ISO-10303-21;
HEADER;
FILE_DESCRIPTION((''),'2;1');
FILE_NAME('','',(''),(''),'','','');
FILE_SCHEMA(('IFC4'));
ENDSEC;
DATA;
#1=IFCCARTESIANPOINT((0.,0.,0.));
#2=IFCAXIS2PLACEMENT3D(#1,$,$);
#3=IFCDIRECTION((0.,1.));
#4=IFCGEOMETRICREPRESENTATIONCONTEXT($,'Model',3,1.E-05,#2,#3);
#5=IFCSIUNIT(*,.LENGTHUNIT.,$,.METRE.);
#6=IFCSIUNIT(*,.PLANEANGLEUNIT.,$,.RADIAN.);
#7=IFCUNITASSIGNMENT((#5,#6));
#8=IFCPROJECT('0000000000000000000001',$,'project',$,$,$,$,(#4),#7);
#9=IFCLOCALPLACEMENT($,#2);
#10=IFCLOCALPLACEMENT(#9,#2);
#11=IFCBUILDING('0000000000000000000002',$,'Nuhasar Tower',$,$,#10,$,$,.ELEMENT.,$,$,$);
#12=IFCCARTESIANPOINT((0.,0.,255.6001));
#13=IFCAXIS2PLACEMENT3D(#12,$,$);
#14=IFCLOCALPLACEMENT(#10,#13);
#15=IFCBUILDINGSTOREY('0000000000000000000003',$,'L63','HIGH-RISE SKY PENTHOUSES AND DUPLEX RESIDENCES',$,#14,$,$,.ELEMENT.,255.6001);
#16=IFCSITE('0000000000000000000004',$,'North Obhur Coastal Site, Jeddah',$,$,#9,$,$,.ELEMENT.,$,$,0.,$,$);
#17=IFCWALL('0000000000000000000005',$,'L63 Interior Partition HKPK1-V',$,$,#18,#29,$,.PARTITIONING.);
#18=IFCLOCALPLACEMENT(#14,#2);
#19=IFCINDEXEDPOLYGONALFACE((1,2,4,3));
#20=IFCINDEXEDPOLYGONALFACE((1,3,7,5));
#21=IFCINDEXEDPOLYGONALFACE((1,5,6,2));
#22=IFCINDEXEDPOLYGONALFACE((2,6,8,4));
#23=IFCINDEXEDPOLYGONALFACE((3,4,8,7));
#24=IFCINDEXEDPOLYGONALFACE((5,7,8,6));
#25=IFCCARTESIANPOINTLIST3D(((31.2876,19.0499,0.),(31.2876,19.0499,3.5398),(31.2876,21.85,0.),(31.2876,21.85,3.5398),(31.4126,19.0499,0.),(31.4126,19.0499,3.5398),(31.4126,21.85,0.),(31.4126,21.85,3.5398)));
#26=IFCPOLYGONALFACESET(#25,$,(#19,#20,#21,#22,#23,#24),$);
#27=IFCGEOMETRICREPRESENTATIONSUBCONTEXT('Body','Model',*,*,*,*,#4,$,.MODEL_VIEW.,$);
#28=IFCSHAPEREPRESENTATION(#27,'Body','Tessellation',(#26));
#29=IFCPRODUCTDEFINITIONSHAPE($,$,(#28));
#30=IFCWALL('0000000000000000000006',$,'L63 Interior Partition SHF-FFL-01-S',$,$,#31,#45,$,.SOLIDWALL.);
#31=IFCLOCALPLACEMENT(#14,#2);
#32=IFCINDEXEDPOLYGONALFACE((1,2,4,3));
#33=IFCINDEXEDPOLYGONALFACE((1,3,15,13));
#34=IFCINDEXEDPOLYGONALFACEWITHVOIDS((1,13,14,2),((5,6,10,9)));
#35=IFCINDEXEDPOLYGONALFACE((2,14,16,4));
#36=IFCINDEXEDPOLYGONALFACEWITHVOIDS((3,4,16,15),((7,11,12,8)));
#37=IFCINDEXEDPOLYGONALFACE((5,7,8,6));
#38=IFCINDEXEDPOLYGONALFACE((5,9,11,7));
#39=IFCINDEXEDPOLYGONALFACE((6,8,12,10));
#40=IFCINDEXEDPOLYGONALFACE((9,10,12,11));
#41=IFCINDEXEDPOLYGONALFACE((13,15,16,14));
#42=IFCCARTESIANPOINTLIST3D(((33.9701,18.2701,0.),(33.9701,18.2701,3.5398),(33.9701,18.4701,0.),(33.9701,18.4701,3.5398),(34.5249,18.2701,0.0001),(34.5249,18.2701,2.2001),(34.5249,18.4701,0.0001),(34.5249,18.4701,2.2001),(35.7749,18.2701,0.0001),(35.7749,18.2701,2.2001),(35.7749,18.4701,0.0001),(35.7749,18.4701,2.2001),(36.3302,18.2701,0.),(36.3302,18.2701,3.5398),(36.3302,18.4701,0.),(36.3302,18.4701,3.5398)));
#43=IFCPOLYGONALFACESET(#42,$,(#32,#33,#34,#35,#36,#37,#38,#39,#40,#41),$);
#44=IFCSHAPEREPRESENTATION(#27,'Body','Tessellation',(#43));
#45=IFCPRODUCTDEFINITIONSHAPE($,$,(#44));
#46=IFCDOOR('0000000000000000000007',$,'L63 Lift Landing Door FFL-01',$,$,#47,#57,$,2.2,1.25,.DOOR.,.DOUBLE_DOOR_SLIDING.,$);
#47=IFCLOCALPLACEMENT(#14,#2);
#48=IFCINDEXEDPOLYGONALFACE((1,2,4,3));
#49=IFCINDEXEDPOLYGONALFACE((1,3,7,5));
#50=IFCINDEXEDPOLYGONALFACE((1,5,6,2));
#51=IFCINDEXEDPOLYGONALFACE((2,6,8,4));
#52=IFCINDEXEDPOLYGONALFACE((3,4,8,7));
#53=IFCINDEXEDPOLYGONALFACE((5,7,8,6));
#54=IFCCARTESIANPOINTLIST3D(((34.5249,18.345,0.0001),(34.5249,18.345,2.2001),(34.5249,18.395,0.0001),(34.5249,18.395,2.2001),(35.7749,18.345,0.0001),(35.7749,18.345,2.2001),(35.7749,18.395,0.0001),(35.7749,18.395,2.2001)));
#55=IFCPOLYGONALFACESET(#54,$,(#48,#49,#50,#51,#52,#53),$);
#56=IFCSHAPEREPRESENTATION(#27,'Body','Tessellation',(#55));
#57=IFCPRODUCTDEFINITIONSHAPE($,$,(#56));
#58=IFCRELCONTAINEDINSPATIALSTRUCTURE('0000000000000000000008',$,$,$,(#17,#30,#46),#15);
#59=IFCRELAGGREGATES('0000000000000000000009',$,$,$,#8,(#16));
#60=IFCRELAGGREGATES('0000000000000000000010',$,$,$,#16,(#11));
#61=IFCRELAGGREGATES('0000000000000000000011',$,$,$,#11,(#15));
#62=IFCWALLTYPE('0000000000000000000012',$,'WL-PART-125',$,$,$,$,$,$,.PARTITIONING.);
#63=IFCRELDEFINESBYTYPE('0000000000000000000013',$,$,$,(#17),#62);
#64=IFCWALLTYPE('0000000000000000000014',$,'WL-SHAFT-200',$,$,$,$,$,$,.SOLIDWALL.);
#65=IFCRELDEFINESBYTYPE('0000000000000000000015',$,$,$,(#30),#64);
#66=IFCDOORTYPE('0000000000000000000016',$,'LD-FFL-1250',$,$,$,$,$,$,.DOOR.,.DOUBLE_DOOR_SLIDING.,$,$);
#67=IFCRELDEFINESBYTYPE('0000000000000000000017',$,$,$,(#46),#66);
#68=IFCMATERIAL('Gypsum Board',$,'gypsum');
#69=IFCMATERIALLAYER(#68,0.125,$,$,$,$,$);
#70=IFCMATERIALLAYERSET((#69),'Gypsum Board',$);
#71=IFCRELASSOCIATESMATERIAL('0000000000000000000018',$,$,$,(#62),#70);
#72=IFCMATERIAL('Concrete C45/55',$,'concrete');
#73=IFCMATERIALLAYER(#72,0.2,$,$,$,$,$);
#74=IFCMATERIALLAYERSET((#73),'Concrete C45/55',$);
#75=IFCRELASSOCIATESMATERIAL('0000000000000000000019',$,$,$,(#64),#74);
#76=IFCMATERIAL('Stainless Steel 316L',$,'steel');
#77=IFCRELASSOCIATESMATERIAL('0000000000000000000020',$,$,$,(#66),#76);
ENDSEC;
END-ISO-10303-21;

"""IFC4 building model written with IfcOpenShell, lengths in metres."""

from ifc_helpers import new_model, si_unit, direction, frame, frame_2d, origin, place, context, subcontext, project, spatial, rectangle, extrude, material, layer, layer_set, type_object, element, fill, save


model = new_model("IFC4")

# Units and contexts
model_context = context("Model", 3, precision=1e-05, world=origin(), true_north=direction((0.0, 1.0)))
body_context = subcontext(model_context, "Body", "Model", "MODEL_VIEW")
ifc_project = project(units=[si_unit("LENGTHUNIT", "METRE"), si_unit("PLANEANGLEUNIT", "RADIAN")], contexts=[model_context])

# Site, building, storey
site_placement = place(None, origin())
site = spatial("IfcSite", under=ifc_project, at=site_placement, Name="North Obhur Coastal Site, Jeddah", CompositionType="ELEMENT", RefElevation=0.0)
building_placement = place(site_placement, origin())
building = spatial("IfcBuilding", under=site, at=building_placement, Name="Nuhasar Tower", CompositionType="ELEMENT")
storey_placement = place(building_placement, frame((0.0, 0.0, 255.6001)))
storey = spatial("IfcBuildingStorey", under=building, at=storey_placement, Name="L63", Description="HIGH-RISE SKY PENTHOUSES AND DUPLEX RESIDENCES", CompositionType="ELEMENT", Elevation=255.6001)

# Shared definitions
ifc_material_1 = material(Name="Gypsum Board", Category="gypsum")

# Shared definitions
ifc_material_2 = material(Name="Concrete C45/55", Category="concrete")

# Shared definitions
ifc_layer_1 = layer(ifc_material_1, 0.125)
ifc_layer_set_1 = layer_set([ifc_layer_1], Name="Gypsum Board")
wall_type_1 = type_object("IfcWallType", Name="WL-PART-125", PredefinedType="PARTITIONING", material=ifc_layer_set_1)

# Wall
wall_1_placement = place(storey_placement, frame((31.3501, 19.05, 0.0), z_axis=(0.0, 0.0, 1.0), x_axis=(0.0, 1.0, 0.0)))
element("IfcWall", 1, at=wall_1_placement, inside=storey, type_object=wall_type_1, Name="L63 Interior Partition HKPK1-V", PredefinedType="PARTITIONING", context=body_context, shape_type="SweptSolid", body=[
    extrude(rectangle(XDim=2.8, YDim=0.125, at=frame_2d((1.3999, 0.0))), origin(), (0.0, 0.0, 1.0), 3.5398),
])

# Wall, opening, door
ifc_layer_2 = layer(ifc_material_2, 0.2)
ifc_layer_set_2 = layer_set([ifc_layer_2], Name="Concrete C45/55")
wall_type_2 = type_object("IfcWallType", Name="WL-SHAFT-200", PredefinedType="SOLIDWALL", material=ifc_layer_set_2)
wall_2_placement = place(storey_placement, frame((33.97, 18.3701, 0.0), z_axis=(0.0, 0.0, 1.0), x_axis=(1.0, 0.0, 0.0)))
wall_2 = element("IfcWall", 2, at=wall_2_placement, inside=storey, type_object=wall_type_2, Name="L63 Interior Partition SHF-FFL-01-S", PredefinedType="SOLIDWALL", context=body_context, shape_type="SweptSolid", body=[
    extrude(rectangle(XDim=2.3601, YDim=0.2, at=frame_2d((1.1802, 0.0))), origin(), (0.0, 0.0, 1.0), 3.5398),
])
opening_1_placement = place(wall_2_placement, frame((0.5549, 0.0, 0.0)))
opening_1 = element("IfcOpeningElement", 3, at=opening_1_placement, cuts=wall_2, PredefinedType="OPENING", context=body_context, shape_type="SweptSolid", body=[
    extrude(rectangle(XDim=1.25, YDim=2.2, at=frame_2d((0.625, 1.1001))), frame((0.0, 0.1099, 0.0), z_axis=(0.0, -1.0, 0.0), x_axis=(1.0, 0.0, 0.0)), (0.0, 0.0, 1.0), 0.22),
])
ifc_material_3 = material(Name="Stainless Steel 316L", Category="steel")
door_type_1 = type_object("IfcDoorType", Name="LD-FFL-1250", OperationType="DOUBLE_DOOR_SLIDING", PredefinedType="DOOR", material=ifc_material_3)
door_1_placement = place(opening_1_placement, origin())
door_1 = element("IfcDoor", 4, at=door_1_placement, inside=storey, type_object=door_type_1, Name="L63 Lift Landing Door FFL-01", OperationType="DOUBLE_DOOR_SLIDING", OverallHeight=2.2, OverallWidth=1.25, PredefinedType="DOOR", context=body_context, shape_type="SweptSolid", body=[
    extrude(rectangle(XDim=1.25, YDim=2.2, at=frame_2d((0.625, 1.1001))), frame((0.0, 0.0249, 0.0), z_axis=(0.0, -1.0, 0.0), x_axis=(1.0, 0.0, 0.0)), (0.0, 0.0, 1.0), 0.05),
])
fill(opening_1, door_1)

save(model, "model.ifc")
